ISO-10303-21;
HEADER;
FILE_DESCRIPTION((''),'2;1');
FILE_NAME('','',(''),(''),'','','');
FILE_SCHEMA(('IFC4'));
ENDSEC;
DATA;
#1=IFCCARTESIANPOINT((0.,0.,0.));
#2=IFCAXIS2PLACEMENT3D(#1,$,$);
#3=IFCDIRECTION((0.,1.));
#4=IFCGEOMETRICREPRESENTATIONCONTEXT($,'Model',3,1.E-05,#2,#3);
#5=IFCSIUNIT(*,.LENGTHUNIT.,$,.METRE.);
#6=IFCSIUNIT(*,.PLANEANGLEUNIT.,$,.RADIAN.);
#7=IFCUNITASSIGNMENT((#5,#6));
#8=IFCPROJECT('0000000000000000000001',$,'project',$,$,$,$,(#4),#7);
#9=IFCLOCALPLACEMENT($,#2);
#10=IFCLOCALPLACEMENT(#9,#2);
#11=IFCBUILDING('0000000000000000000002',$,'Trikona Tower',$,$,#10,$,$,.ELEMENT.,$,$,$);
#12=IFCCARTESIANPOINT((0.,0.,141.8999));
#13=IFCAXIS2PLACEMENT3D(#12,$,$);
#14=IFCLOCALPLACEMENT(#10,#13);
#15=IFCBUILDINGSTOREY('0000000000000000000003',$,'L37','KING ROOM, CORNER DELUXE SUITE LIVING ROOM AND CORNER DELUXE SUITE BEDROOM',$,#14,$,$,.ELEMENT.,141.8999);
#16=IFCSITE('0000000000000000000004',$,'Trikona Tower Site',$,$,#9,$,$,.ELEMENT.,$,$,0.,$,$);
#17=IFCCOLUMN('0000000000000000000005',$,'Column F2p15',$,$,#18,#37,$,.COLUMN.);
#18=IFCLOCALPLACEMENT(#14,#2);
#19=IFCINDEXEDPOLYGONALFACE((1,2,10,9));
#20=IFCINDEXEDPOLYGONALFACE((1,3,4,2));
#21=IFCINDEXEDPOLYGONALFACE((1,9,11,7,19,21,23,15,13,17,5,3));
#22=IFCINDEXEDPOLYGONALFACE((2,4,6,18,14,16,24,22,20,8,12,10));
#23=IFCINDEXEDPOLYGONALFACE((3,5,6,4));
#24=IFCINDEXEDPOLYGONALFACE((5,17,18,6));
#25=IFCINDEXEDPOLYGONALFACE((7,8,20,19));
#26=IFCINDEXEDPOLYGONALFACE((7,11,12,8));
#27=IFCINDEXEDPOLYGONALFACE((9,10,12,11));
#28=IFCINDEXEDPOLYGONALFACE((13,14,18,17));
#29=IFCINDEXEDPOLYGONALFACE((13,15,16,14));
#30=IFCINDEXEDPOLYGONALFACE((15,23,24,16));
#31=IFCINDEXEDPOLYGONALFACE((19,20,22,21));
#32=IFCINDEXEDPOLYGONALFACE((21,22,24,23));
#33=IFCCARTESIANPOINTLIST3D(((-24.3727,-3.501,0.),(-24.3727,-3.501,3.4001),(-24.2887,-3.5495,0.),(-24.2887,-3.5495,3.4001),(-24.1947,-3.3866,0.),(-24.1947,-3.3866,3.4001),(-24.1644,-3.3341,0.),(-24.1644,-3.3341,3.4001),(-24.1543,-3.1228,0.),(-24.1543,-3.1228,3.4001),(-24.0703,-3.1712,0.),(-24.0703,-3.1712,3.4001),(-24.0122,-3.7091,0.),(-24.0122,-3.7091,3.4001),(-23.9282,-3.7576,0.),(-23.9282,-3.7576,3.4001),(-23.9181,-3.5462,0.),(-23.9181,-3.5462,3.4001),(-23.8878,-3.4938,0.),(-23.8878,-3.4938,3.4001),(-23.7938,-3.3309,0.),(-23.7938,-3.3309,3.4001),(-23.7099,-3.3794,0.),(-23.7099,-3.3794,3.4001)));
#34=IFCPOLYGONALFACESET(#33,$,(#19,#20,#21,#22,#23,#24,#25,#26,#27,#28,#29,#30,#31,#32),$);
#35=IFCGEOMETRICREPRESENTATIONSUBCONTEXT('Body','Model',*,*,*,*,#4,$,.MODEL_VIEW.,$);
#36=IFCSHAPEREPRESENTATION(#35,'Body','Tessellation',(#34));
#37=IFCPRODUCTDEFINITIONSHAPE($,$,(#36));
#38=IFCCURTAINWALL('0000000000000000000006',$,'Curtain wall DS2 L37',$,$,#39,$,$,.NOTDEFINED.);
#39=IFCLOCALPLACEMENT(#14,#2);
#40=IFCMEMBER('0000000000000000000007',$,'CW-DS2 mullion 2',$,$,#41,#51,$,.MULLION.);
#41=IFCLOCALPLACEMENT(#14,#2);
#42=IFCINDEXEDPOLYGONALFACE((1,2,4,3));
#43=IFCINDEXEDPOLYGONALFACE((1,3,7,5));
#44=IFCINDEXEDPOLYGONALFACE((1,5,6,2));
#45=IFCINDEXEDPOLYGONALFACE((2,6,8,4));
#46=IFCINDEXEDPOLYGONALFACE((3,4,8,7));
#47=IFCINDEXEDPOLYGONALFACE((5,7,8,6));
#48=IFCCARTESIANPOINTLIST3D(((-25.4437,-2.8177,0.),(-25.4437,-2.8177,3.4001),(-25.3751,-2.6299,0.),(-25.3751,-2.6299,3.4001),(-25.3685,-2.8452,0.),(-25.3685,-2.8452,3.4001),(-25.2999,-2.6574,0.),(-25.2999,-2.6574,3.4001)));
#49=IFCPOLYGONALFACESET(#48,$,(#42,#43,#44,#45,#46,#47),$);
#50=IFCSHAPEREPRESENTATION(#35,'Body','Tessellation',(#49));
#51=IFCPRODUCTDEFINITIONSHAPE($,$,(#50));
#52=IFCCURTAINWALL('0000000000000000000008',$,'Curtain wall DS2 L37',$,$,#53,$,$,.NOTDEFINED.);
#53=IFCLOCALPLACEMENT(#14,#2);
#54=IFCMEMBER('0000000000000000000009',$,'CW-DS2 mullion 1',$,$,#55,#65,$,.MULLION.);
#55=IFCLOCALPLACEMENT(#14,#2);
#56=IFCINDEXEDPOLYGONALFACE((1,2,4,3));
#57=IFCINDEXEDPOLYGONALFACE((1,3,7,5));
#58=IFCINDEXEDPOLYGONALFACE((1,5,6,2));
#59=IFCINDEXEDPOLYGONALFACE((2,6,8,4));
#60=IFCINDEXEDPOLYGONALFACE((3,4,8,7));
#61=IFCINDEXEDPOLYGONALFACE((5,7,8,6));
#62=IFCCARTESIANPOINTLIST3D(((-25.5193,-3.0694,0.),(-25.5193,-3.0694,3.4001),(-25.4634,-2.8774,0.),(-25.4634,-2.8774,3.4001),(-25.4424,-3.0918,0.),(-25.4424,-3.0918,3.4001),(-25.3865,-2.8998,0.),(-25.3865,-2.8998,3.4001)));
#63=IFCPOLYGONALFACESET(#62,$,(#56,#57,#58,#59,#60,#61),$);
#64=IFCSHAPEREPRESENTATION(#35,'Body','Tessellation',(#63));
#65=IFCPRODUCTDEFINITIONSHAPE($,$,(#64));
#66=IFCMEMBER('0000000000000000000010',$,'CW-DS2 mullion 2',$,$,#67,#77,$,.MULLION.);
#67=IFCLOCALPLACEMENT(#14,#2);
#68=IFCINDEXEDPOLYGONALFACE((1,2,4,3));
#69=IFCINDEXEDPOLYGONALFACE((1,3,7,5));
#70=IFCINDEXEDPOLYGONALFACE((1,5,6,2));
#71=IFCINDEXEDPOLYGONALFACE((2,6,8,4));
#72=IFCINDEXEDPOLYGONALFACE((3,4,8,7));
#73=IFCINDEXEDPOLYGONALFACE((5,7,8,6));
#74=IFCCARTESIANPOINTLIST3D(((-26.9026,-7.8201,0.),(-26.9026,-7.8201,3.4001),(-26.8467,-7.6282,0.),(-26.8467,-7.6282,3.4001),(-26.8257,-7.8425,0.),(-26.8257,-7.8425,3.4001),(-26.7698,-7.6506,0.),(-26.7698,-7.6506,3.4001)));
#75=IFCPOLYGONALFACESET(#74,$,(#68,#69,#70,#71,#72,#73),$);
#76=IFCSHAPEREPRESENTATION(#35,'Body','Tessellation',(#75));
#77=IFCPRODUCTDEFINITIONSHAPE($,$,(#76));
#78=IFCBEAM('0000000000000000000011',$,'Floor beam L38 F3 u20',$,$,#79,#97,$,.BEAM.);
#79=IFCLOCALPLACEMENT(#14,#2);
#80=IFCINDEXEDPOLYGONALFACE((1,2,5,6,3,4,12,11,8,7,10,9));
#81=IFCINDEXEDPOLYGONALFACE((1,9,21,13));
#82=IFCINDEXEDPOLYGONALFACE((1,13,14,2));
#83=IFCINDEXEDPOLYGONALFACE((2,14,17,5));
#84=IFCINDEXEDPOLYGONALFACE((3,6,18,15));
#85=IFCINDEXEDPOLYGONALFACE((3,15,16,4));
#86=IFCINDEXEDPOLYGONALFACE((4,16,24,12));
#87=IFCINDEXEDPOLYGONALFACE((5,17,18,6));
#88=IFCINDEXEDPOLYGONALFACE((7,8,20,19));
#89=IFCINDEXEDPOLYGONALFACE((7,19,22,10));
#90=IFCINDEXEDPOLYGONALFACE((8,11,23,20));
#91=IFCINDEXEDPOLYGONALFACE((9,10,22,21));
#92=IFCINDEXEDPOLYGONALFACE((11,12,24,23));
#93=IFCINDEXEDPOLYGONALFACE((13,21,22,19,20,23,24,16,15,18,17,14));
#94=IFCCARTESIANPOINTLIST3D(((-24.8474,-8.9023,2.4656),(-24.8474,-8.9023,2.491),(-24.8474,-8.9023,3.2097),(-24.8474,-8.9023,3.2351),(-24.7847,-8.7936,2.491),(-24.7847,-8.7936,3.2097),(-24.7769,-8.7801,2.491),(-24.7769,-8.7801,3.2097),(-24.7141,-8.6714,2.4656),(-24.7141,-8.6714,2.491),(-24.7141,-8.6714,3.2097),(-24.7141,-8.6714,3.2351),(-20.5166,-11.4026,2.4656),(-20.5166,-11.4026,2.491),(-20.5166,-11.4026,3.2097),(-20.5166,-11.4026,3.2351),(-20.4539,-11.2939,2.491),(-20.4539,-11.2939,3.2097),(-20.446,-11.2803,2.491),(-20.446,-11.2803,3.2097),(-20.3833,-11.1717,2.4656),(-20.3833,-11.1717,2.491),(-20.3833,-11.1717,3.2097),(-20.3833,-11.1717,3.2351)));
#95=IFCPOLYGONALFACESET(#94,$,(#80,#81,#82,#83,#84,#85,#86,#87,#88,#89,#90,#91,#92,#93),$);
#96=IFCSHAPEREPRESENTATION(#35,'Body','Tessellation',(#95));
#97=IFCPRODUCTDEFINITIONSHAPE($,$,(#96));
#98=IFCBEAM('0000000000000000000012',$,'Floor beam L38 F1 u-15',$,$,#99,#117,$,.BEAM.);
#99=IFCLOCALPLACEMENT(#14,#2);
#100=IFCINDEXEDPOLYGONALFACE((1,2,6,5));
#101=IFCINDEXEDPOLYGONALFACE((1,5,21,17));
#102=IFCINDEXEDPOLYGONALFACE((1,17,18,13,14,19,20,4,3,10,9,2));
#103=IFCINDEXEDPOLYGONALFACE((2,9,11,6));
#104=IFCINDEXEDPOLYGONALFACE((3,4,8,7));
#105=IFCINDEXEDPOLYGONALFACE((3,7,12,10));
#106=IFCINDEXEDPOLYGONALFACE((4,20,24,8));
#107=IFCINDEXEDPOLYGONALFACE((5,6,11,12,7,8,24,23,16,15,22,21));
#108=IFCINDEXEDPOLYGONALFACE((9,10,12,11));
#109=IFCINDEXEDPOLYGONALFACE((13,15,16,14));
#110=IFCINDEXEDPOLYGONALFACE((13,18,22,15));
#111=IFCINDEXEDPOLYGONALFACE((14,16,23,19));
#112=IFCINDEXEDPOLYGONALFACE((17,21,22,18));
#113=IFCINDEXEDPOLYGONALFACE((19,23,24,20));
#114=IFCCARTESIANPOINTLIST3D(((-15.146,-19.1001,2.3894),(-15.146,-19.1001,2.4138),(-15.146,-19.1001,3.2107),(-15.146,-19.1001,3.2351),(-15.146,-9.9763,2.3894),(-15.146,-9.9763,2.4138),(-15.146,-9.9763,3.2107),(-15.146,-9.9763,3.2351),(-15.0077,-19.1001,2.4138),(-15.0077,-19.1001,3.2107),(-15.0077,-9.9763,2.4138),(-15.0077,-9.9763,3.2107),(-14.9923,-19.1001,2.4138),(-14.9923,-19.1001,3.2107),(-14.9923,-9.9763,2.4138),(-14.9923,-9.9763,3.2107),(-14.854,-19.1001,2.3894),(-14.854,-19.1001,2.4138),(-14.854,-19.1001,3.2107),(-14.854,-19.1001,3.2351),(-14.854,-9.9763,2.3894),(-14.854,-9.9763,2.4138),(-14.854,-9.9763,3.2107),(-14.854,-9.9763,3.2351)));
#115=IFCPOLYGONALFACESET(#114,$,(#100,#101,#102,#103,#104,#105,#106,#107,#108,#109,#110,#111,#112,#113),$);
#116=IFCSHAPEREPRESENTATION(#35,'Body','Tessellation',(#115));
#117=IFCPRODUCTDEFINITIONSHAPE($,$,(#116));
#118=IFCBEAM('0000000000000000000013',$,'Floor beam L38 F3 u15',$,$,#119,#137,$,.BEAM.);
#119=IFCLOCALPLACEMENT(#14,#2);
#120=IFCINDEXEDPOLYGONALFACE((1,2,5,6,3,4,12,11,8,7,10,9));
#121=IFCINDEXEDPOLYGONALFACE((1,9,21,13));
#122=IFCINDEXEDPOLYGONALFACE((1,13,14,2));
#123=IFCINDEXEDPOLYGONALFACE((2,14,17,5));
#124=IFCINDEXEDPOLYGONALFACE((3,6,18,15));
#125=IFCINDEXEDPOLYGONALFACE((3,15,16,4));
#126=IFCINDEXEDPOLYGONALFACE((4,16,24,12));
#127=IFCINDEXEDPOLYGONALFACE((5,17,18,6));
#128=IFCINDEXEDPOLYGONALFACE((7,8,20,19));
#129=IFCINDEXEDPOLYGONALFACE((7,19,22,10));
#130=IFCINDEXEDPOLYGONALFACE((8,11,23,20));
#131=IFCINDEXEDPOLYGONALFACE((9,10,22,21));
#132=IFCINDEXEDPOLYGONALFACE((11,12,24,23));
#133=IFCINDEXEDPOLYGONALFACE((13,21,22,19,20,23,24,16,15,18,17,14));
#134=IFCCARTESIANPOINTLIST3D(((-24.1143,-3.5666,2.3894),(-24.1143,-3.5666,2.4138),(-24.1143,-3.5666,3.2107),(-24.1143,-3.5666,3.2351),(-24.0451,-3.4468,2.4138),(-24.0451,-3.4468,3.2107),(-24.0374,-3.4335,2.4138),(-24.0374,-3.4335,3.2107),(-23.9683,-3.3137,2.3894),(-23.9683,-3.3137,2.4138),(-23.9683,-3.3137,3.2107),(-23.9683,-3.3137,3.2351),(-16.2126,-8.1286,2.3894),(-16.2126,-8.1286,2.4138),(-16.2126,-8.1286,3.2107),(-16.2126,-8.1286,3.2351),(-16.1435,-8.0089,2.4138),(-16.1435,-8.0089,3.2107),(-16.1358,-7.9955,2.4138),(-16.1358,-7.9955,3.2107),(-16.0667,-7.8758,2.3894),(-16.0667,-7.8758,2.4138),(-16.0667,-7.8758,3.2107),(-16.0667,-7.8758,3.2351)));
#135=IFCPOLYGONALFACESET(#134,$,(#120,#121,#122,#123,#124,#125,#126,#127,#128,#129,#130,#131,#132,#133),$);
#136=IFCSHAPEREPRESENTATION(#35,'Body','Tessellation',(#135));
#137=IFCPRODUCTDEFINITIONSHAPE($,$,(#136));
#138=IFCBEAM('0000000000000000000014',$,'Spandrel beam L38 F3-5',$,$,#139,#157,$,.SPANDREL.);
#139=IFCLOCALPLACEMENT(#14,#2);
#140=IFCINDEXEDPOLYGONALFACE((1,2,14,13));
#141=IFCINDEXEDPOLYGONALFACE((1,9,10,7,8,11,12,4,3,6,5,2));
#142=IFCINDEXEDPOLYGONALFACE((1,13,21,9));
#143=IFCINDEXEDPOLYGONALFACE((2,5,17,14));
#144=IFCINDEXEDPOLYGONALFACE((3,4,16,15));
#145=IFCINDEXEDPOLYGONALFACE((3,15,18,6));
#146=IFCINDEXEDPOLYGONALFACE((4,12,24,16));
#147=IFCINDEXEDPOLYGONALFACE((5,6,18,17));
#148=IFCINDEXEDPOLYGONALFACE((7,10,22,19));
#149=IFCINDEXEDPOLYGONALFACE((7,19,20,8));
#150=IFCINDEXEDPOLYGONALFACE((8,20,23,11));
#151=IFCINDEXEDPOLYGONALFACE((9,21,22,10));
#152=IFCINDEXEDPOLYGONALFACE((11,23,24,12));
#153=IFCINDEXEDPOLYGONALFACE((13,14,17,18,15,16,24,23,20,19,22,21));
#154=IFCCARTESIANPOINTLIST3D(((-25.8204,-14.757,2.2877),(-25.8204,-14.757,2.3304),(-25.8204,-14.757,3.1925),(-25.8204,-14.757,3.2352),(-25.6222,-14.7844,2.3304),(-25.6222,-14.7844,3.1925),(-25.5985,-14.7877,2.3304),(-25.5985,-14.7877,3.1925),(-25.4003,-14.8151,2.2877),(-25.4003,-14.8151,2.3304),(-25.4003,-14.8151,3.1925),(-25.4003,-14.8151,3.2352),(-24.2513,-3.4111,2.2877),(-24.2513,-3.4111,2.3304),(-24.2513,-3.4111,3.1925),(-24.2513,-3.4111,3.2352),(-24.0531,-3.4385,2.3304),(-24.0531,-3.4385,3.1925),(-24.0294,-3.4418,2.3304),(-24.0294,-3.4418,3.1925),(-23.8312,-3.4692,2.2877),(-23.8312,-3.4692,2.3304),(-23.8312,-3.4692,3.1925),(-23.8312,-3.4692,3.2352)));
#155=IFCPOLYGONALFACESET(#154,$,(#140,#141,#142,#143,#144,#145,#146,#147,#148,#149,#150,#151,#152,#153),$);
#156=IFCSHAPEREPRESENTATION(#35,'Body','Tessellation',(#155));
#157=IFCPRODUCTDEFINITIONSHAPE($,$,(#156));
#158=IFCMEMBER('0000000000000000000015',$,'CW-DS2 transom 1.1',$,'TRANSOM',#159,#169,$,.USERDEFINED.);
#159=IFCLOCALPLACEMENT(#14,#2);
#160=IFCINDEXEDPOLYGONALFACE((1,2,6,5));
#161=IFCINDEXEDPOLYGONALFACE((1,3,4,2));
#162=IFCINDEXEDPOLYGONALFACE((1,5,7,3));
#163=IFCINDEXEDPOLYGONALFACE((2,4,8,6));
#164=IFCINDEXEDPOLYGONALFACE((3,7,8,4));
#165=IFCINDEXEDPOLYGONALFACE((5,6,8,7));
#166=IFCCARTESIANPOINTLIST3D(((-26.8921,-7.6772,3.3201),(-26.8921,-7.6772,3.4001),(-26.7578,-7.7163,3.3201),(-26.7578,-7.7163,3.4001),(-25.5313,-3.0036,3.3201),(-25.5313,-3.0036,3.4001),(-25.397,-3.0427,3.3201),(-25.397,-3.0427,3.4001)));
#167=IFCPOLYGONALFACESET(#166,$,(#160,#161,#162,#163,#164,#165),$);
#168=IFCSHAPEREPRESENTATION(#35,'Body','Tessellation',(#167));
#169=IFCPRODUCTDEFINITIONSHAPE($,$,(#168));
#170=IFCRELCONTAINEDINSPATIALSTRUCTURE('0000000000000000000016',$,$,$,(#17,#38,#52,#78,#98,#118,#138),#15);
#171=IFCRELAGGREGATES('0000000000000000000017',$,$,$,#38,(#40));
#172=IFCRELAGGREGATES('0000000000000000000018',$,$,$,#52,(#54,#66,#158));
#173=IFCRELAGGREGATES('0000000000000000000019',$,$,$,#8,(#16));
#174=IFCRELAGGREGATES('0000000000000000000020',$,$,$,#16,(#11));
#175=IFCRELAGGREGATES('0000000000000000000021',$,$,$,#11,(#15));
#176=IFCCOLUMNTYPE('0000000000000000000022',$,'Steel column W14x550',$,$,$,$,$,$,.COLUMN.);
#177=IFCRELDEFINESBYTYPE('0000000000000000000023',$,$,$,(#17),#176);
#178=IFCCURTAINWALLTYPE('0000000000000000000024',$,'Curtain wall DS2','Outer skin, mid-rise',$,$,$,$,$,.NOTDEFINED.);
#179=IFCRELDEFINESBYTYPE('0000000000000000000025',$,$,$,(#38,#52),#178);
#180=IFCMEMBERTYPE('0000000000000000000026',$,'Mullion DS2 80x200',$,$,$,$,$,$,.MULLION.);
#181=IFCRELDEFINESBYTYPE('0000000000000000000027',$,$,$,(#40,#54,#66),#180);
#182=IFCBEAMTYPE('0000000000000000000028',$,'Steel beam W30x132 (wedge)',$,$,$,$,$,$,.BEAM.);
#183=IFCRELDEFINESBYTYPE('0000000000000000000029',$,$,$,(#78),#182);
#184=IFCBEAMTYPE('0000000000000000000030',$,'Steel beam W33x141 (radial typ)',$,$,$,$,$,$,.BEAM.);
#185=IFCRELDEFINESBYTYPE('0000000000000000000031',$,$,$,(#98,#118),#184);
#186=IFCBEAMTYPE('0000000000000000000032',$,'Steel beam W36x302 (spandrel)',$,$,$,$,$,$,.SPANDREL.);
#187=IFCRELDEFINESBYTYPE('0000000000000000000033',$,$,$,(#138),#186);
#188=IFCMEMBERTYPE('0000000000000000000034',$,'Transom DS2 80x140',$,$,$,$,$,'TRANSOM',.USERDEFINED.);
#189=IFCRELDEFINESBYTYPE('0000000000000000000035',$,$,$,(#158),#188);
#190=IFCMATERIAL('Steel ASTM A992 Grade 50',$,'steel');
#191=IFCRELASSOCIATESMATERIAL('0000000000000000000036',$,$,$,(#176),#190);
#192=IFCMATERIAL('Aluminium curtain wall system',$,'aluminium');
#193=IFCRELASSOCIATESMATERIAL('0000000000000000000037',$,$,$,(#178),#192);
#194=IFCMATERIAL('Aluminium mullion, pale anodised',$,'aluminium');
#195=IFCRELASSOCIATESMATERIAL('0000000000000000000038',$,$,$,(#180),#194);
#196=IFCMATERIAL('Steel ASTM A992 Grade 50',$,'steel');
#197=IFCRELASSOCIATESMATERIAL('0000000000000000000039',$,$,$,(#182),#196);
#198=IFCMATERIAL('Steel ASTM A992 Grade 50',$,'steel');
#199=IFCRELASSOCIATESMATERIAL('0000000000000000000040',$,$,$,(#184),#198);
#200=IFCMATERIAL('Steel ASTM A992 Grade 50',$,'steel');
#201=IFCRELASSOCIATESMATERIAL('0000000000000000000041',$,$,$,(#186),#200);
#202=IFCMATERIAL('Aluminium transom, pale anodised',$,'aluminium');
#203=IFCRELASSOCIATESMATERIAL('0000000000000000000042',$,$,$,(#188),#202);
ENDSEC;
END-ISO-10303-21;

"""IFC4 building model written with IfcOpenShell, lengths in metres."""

from ifc_helpers import new_model, si_unit, direction, frame, origin, origin_2d, place, context, subcontext, project, spatial, rectangle, i_section, extrude, material, material_profile, profile_set, type_object, element, aggregate, save


model = new_model("IFC4")

# Units and contexts
model_context = context("Model", 3, precision=1e-05, world=origin(), true_north=direction((0.0, 1.0)))
body_context = subcontext(model_context, "Body", "Model", "MODEL_VIEW")
ifc_project = project(units=[si_unit("LENGTHUNIT", "METRE"), si_unit("PLANEANGLEUNIT", "RADIAN")], contexts=[model_context])

# Site, building, storey
site_placement = place(None, origin())
site = spatial("IfcSite", under=ifc_project, at=site_placement, Name="Trikona Tower Site", CompositionType="ELEMENT", RefElevation=0.0)
building_placement = place(site_placement, origin())
building = spatial("IfcBuilding", under=site, at=building_placement, Name="Trikona Tower", CompositionType="ELEMENT")
storey_placement = place(building_placement, frame((0.0, 0.0, 141.8999)))
storey = spatial("IfcBuildingStorey", under=building, at=storey_placement, Name="L37", Description="KING ROOM, CORNER DELUXE SUITE LIVING ROOM AND CORNER DELUXE SUITE BEDROOM", CompositionType="ELEMENT", Elevation=141.8999)

# Column
ifc_material_1 = material(Name="Steel ASTM A992 Grade 50", Category="steel")
ifc_material_profile_1 = material_profile(ifc_material_1, i_section(OverallWidth=0.4368, OverallDepth=0.5132, WebThickness=0.0605, FlangeThickness=0.0969, at=origin_2d()), Name="W14X550")
ifc_profile_set_1 = profile_set([ifc_material_profile_1], Name="Steel ASTM A992 Grade 50")
column_type = type_object("IfcColumnType", Name="Steel column W14x550", PredefinedType="COLUMN", material=ifc_profile_set_1)
column_placement = place(storey_placement, frame((-24.0413, -3.4402, 0.0), z_axis=(0.0, 0.0, 1.0), x_axis=(-0.5, -0.866025, 0.0)))
element("IfcColumn", 1, at=column_placement, inside=storey, type_object=column_type, Name="Column F2p15", PredefinedType="COLUMN", context=body_context, shape_type="SweptSolid", body=[
    extrude(i_section(OverallWidth=0.4368, OverallDepth=0.5132, WebThickness=0.0605, FlangeThickness=0.0969, at=origin_2d()), origin(), (0.0, 0.0, 1.0), 3.4001),
])

# Curtain wall, member
ifc_material_2 = material(Name="Aluminium curtain wall system", Category="aluminium")
curtain_wall_type = type_object("IfcCurtainWallType", Name="Curtain wall DS2", Description="Outer skin, mid-rise", PredefinedType="NOTDEFINED", material=ifc_material_2)
curtain_wall_1_placement = place(storey_placement, origin())
curtain_wall_1 = element("IfcCurtainWall", 2, at=curtain_wall_1_placement, inside=storey, type_object=curtain_wall_type, Name="Curtain wall DS2 L37", PredefinedType="NOTDEFINED")
ifc_material_3 = material(Name="Aluminium mullion, pale anodised", Category="aluminium")
ifc_material_profile_2 = material_profile(ifc_material_3, rectangle(XDim=0.0801, YDim=0.2, at=origin_2d()), Name="MUL-DS2")
ifc_profile_set_2 = profile_set([ifc_material_profile_2], Name="Aluminium mullion, pale anodised")
member_type_1 = type_object("IfcMemberType", Name="Mullion DS2 80x200", PredefinedType="MULLION", material=ifc_profile_set_2)
member_1_placement = place(storey_placement, frame((-25.3718, -2.7375, 0.0), z_axis=(0.0, 0.0, 1.0), x_axis=(0.939254, -0.343223, 0.0)))
member_1 = element("IfcMember", 3, at=member_1_placement, type_object=member_type_1, Name="CW-DS2 mullion 2", PredefinedType="MULLION", context=body_context, shape_type="SweptSolid", body=[
    extrude(rectangle(XDim=0.0801, YDim=0.2, at=origin_2d()), origin(), (0.0, 0.0, 1.0), 3.4001),
])
aggregate(curtain_wall_1, [member_1])

# Curtain wall, members
curtain_wall_2_placement = place(storey_placement, origin())
curtain_wall_2 = element("IfcCurtainWall", 4, at=curtain_wall_2_placement, inside=storey, type_object=curtain_wall_type, Name="Curtain wall DS2 L37", PredefinedType="NOTDEFINED")
member_2_placement = place(storey_placement, frame((-25.4529, -2.9846, 0.0), z_axis=(0.0, 0.0, 1.0), x_axis=(0.960133, -0.279543, 0.0)))
member_2 = element("IfcMember", 5, at=member_2_placement, type_object=member_type_1, Name="CW-DS2 mullion 1", PredefinedType="MULLION", context=body_context, shape_type="SweptSolid", body=[
    extrude(rectangle(XDim=0.0801, YDim=0.2, at=origin_2d()), origin(), (0.0, 0.0, 1.0), 3.4001),
])
member_3_placement = place(storey_placement, frame((-26.8362, -7.7354, 0.0), z_axis=(0.0, 0.0, 1.0), x_axis=(0.960133, -0.279543, 0.0)))
member_3 = element("IfcMember", 6, at=member_3_placement, type_object=member_type_1, Name="CW-DS2 mullion 2", PredefinedType="MULLION", context=body_context, shape_type="SweptSolid", body=[
    extrude(rectangle(XDim=0.0801, YDim=0.2, at=origin_2d()), origin(), (0.0, 0.0, 1.0), 3.4001),
])

# Beams
ifc_material_4 = material(Name="Steel ASTM A992 Grade 50", Category="steel")
ifc_material_profile_3 = material_profile(ifc_material_4, i_section(OverallWidth=0.2666, OverallDepth=0.7695, WebThickness=0.0156, FlangeThickness=0.0254, at=origin_2d()), Name="W30X132")
ifc_profile_set_3 = profile_set([ifc_material_profile_3], Name="Steel ASTM A992 Grade 50")
beam_type_1 = type_object("IfcBeamType", Name="Steel beam W30x132 (wedge)", PredefinedType="BEAM", material=ifc_profile_set_3)
beam_1_placement = place(storey_placement, frame((-20.45, -11.2871, 2.8503), z_axis=(-0.866038, 0.499977, 0.0), x_axis=(-0.499977, -0.866038, 0.0)))
element("IfcBeam", 7, at=beam_1_placement, inside=storey, type_object=beam_type_1, Name="Floor beam L38 F3 u20", PredefinedType="BEAM", context=body_context, shape_type="SweptSolid", body=[
    extrude(i_section(OverallWidth=0.2666, OverallDepth=0.7695, WebThickness=0.0156, FlangeThickness=0.0254, at=origin_2d()), origin(), (0.0, 0.0, 1.0), 5.0007),
])
ifc_material_5 = material(Name="Steel ASTM A992 Grade 50", Category="steel")
ifc_material_profile_4 = material_profile(ifc_material_5, i_section(OverallWidth=0.292, OverallDepth=0.8457, WebThickness=0.0154, FlangeThickness=0.0244, at=origin_2d()), Name="W33X141")
ifc_profile_set_4 = profile_set([ifc_material_profile_4], Name="Steel ASTM A992 Grade 50")
beam_type_2 = type_object("IfcBeamType", Name="Steel beam W33x141 (radial typ)", PredefinedType="BEAM", material=ifc_profile_set_4)
beam_2_placement = place(storey_placement, frame((-15.0, -9.9763, 2.8123), z_axis=(0.0, -1.0, 0.0), x_axis=(1.0, 0.0, 0.0)))
element("IfcBeam", 8, at=beam_2_placement, inside=storey, type_object=beam_type_2, Name="Floor beam L38 F1 u-15", PredefinedType="BEAM", context=body_context, shape_type="SweptSolid", body=[
    extrude(i_section(OverallWidth=0.292, OverallDepth=0.8457, WebThickness=0.0154, FlangeThickness=0.0244, at=origin_2d()), origin(), (0.0, 0.0, 1.0), 9.1238),
])
beam_3_placement = place(storey_placement, frame((-16.1396, -8.0022, 2.8123), z_axis=(-0.866025, 0.500001, 0.0), x_axis=(-0.500001, -0.866025, 0.0)))
element("IfcBeam", 9, at=beam_3_placement, inside=storey, type_object=beam_type_2, Name="Floor beam L38 F3 u15", PredefinedType="BEAM", context=body_context, shape_type="SweptSolid", body=[
    extrude(i_section(OverallWidth=0.292, OverallDepth=0.8457, WebThickness=0.0154, FlangeThickness=0.0244, at=origin_2d()), origin(), (0.0, 0.0, 1.0), 9.124),
])
ifc_material_6 = material(Name="Steel ASTM A992 Grade 50", Category="steel")
ifc_material_profile_5 = material_profile(ifc_material_6, i_section(OverallWidth=0.4241, OverallDepth=0.9475, WebThickness=0.0239, FlangeThickness=0.0427, at=origin_2d()), Name="W36X302")
ifc_profile_set_5 = profile_set([ifc_material_profile_5], Name="Steel ASTM A992 Grade 50")
beam_type_3 = type_object("IfcBeamType", Name="Steel beam W36x302 (spandrel)", PredefinedType="SPANDREL", material=ifc_profile_set_5)
beam_4_placement = place(storey_placement, frame((-24.0413, -3.4402, 2.7615), z_axis=(-0.136992, -0.990572, 0.0), x_axis=(0.990572, -0.136992, 0.0)))
element("IfcBeam", 10, at=beam_4_placement, inside=storey, type_object=beam_type_3, Name="Spandrel beam L38 F3-5", PredefinedType="SPANDREL", context=body_context, shape_type="SweptSolid", body=[
    extrude(i_section(OverallWidth=0.4241, OverallDepth=0.9475, WebThickness=0.0239, FlangeThickness=0.0427, at=origin_2d()), origin(), (0.0, 0.0, 1.0), 11.4539),
])

# Member
ifc_material_7 = material(Name="Aluminium transom, pale anodised", Category="aluminium")
ifc_material_profile_6 = material_profile(ifc_material_7, rectangle(XDim=0.1399, YDim=0.0801, at=origin_2d()), Name="TRN-DS2")
ifc_profile_set_6 = profile_set([ifc_material_profile_6], Name="Aluminium transom, pale anodised")
member_type_2 = type_object("IfcMemberType", Name="Transom DS2 80x140", ElementType="TRANSOM", PredefinedType="USERDEFINED", material=ifc_profile_set_6)
member_4_placement = place(storey_placement, frame((-25.4641, -3.0232, 3.3601), z_axis=(-0.279567, -0.960126, 0.0), x_axis=(0.960126, -0.279567, 0.0)))
member_4 = element("IfcMember", 11, at=member_4_placement, type_object=member_type_2, Name="CW-DS2 transom 1.1", ObjectType="TRANSOM", PredefinedType="USERDEFINED", context=body_context, shape_type="SweptSolid", body=[
    extrude(rectangle(XDim=0.1399, YDim=0.0801, at=origin_2d()), origin(), (0.0, 0.0, 1.0), 4.8677),
])

aggregate(curtain_wall_2, [member_2, member_3, member_4])

save(model, "model.ifc")
